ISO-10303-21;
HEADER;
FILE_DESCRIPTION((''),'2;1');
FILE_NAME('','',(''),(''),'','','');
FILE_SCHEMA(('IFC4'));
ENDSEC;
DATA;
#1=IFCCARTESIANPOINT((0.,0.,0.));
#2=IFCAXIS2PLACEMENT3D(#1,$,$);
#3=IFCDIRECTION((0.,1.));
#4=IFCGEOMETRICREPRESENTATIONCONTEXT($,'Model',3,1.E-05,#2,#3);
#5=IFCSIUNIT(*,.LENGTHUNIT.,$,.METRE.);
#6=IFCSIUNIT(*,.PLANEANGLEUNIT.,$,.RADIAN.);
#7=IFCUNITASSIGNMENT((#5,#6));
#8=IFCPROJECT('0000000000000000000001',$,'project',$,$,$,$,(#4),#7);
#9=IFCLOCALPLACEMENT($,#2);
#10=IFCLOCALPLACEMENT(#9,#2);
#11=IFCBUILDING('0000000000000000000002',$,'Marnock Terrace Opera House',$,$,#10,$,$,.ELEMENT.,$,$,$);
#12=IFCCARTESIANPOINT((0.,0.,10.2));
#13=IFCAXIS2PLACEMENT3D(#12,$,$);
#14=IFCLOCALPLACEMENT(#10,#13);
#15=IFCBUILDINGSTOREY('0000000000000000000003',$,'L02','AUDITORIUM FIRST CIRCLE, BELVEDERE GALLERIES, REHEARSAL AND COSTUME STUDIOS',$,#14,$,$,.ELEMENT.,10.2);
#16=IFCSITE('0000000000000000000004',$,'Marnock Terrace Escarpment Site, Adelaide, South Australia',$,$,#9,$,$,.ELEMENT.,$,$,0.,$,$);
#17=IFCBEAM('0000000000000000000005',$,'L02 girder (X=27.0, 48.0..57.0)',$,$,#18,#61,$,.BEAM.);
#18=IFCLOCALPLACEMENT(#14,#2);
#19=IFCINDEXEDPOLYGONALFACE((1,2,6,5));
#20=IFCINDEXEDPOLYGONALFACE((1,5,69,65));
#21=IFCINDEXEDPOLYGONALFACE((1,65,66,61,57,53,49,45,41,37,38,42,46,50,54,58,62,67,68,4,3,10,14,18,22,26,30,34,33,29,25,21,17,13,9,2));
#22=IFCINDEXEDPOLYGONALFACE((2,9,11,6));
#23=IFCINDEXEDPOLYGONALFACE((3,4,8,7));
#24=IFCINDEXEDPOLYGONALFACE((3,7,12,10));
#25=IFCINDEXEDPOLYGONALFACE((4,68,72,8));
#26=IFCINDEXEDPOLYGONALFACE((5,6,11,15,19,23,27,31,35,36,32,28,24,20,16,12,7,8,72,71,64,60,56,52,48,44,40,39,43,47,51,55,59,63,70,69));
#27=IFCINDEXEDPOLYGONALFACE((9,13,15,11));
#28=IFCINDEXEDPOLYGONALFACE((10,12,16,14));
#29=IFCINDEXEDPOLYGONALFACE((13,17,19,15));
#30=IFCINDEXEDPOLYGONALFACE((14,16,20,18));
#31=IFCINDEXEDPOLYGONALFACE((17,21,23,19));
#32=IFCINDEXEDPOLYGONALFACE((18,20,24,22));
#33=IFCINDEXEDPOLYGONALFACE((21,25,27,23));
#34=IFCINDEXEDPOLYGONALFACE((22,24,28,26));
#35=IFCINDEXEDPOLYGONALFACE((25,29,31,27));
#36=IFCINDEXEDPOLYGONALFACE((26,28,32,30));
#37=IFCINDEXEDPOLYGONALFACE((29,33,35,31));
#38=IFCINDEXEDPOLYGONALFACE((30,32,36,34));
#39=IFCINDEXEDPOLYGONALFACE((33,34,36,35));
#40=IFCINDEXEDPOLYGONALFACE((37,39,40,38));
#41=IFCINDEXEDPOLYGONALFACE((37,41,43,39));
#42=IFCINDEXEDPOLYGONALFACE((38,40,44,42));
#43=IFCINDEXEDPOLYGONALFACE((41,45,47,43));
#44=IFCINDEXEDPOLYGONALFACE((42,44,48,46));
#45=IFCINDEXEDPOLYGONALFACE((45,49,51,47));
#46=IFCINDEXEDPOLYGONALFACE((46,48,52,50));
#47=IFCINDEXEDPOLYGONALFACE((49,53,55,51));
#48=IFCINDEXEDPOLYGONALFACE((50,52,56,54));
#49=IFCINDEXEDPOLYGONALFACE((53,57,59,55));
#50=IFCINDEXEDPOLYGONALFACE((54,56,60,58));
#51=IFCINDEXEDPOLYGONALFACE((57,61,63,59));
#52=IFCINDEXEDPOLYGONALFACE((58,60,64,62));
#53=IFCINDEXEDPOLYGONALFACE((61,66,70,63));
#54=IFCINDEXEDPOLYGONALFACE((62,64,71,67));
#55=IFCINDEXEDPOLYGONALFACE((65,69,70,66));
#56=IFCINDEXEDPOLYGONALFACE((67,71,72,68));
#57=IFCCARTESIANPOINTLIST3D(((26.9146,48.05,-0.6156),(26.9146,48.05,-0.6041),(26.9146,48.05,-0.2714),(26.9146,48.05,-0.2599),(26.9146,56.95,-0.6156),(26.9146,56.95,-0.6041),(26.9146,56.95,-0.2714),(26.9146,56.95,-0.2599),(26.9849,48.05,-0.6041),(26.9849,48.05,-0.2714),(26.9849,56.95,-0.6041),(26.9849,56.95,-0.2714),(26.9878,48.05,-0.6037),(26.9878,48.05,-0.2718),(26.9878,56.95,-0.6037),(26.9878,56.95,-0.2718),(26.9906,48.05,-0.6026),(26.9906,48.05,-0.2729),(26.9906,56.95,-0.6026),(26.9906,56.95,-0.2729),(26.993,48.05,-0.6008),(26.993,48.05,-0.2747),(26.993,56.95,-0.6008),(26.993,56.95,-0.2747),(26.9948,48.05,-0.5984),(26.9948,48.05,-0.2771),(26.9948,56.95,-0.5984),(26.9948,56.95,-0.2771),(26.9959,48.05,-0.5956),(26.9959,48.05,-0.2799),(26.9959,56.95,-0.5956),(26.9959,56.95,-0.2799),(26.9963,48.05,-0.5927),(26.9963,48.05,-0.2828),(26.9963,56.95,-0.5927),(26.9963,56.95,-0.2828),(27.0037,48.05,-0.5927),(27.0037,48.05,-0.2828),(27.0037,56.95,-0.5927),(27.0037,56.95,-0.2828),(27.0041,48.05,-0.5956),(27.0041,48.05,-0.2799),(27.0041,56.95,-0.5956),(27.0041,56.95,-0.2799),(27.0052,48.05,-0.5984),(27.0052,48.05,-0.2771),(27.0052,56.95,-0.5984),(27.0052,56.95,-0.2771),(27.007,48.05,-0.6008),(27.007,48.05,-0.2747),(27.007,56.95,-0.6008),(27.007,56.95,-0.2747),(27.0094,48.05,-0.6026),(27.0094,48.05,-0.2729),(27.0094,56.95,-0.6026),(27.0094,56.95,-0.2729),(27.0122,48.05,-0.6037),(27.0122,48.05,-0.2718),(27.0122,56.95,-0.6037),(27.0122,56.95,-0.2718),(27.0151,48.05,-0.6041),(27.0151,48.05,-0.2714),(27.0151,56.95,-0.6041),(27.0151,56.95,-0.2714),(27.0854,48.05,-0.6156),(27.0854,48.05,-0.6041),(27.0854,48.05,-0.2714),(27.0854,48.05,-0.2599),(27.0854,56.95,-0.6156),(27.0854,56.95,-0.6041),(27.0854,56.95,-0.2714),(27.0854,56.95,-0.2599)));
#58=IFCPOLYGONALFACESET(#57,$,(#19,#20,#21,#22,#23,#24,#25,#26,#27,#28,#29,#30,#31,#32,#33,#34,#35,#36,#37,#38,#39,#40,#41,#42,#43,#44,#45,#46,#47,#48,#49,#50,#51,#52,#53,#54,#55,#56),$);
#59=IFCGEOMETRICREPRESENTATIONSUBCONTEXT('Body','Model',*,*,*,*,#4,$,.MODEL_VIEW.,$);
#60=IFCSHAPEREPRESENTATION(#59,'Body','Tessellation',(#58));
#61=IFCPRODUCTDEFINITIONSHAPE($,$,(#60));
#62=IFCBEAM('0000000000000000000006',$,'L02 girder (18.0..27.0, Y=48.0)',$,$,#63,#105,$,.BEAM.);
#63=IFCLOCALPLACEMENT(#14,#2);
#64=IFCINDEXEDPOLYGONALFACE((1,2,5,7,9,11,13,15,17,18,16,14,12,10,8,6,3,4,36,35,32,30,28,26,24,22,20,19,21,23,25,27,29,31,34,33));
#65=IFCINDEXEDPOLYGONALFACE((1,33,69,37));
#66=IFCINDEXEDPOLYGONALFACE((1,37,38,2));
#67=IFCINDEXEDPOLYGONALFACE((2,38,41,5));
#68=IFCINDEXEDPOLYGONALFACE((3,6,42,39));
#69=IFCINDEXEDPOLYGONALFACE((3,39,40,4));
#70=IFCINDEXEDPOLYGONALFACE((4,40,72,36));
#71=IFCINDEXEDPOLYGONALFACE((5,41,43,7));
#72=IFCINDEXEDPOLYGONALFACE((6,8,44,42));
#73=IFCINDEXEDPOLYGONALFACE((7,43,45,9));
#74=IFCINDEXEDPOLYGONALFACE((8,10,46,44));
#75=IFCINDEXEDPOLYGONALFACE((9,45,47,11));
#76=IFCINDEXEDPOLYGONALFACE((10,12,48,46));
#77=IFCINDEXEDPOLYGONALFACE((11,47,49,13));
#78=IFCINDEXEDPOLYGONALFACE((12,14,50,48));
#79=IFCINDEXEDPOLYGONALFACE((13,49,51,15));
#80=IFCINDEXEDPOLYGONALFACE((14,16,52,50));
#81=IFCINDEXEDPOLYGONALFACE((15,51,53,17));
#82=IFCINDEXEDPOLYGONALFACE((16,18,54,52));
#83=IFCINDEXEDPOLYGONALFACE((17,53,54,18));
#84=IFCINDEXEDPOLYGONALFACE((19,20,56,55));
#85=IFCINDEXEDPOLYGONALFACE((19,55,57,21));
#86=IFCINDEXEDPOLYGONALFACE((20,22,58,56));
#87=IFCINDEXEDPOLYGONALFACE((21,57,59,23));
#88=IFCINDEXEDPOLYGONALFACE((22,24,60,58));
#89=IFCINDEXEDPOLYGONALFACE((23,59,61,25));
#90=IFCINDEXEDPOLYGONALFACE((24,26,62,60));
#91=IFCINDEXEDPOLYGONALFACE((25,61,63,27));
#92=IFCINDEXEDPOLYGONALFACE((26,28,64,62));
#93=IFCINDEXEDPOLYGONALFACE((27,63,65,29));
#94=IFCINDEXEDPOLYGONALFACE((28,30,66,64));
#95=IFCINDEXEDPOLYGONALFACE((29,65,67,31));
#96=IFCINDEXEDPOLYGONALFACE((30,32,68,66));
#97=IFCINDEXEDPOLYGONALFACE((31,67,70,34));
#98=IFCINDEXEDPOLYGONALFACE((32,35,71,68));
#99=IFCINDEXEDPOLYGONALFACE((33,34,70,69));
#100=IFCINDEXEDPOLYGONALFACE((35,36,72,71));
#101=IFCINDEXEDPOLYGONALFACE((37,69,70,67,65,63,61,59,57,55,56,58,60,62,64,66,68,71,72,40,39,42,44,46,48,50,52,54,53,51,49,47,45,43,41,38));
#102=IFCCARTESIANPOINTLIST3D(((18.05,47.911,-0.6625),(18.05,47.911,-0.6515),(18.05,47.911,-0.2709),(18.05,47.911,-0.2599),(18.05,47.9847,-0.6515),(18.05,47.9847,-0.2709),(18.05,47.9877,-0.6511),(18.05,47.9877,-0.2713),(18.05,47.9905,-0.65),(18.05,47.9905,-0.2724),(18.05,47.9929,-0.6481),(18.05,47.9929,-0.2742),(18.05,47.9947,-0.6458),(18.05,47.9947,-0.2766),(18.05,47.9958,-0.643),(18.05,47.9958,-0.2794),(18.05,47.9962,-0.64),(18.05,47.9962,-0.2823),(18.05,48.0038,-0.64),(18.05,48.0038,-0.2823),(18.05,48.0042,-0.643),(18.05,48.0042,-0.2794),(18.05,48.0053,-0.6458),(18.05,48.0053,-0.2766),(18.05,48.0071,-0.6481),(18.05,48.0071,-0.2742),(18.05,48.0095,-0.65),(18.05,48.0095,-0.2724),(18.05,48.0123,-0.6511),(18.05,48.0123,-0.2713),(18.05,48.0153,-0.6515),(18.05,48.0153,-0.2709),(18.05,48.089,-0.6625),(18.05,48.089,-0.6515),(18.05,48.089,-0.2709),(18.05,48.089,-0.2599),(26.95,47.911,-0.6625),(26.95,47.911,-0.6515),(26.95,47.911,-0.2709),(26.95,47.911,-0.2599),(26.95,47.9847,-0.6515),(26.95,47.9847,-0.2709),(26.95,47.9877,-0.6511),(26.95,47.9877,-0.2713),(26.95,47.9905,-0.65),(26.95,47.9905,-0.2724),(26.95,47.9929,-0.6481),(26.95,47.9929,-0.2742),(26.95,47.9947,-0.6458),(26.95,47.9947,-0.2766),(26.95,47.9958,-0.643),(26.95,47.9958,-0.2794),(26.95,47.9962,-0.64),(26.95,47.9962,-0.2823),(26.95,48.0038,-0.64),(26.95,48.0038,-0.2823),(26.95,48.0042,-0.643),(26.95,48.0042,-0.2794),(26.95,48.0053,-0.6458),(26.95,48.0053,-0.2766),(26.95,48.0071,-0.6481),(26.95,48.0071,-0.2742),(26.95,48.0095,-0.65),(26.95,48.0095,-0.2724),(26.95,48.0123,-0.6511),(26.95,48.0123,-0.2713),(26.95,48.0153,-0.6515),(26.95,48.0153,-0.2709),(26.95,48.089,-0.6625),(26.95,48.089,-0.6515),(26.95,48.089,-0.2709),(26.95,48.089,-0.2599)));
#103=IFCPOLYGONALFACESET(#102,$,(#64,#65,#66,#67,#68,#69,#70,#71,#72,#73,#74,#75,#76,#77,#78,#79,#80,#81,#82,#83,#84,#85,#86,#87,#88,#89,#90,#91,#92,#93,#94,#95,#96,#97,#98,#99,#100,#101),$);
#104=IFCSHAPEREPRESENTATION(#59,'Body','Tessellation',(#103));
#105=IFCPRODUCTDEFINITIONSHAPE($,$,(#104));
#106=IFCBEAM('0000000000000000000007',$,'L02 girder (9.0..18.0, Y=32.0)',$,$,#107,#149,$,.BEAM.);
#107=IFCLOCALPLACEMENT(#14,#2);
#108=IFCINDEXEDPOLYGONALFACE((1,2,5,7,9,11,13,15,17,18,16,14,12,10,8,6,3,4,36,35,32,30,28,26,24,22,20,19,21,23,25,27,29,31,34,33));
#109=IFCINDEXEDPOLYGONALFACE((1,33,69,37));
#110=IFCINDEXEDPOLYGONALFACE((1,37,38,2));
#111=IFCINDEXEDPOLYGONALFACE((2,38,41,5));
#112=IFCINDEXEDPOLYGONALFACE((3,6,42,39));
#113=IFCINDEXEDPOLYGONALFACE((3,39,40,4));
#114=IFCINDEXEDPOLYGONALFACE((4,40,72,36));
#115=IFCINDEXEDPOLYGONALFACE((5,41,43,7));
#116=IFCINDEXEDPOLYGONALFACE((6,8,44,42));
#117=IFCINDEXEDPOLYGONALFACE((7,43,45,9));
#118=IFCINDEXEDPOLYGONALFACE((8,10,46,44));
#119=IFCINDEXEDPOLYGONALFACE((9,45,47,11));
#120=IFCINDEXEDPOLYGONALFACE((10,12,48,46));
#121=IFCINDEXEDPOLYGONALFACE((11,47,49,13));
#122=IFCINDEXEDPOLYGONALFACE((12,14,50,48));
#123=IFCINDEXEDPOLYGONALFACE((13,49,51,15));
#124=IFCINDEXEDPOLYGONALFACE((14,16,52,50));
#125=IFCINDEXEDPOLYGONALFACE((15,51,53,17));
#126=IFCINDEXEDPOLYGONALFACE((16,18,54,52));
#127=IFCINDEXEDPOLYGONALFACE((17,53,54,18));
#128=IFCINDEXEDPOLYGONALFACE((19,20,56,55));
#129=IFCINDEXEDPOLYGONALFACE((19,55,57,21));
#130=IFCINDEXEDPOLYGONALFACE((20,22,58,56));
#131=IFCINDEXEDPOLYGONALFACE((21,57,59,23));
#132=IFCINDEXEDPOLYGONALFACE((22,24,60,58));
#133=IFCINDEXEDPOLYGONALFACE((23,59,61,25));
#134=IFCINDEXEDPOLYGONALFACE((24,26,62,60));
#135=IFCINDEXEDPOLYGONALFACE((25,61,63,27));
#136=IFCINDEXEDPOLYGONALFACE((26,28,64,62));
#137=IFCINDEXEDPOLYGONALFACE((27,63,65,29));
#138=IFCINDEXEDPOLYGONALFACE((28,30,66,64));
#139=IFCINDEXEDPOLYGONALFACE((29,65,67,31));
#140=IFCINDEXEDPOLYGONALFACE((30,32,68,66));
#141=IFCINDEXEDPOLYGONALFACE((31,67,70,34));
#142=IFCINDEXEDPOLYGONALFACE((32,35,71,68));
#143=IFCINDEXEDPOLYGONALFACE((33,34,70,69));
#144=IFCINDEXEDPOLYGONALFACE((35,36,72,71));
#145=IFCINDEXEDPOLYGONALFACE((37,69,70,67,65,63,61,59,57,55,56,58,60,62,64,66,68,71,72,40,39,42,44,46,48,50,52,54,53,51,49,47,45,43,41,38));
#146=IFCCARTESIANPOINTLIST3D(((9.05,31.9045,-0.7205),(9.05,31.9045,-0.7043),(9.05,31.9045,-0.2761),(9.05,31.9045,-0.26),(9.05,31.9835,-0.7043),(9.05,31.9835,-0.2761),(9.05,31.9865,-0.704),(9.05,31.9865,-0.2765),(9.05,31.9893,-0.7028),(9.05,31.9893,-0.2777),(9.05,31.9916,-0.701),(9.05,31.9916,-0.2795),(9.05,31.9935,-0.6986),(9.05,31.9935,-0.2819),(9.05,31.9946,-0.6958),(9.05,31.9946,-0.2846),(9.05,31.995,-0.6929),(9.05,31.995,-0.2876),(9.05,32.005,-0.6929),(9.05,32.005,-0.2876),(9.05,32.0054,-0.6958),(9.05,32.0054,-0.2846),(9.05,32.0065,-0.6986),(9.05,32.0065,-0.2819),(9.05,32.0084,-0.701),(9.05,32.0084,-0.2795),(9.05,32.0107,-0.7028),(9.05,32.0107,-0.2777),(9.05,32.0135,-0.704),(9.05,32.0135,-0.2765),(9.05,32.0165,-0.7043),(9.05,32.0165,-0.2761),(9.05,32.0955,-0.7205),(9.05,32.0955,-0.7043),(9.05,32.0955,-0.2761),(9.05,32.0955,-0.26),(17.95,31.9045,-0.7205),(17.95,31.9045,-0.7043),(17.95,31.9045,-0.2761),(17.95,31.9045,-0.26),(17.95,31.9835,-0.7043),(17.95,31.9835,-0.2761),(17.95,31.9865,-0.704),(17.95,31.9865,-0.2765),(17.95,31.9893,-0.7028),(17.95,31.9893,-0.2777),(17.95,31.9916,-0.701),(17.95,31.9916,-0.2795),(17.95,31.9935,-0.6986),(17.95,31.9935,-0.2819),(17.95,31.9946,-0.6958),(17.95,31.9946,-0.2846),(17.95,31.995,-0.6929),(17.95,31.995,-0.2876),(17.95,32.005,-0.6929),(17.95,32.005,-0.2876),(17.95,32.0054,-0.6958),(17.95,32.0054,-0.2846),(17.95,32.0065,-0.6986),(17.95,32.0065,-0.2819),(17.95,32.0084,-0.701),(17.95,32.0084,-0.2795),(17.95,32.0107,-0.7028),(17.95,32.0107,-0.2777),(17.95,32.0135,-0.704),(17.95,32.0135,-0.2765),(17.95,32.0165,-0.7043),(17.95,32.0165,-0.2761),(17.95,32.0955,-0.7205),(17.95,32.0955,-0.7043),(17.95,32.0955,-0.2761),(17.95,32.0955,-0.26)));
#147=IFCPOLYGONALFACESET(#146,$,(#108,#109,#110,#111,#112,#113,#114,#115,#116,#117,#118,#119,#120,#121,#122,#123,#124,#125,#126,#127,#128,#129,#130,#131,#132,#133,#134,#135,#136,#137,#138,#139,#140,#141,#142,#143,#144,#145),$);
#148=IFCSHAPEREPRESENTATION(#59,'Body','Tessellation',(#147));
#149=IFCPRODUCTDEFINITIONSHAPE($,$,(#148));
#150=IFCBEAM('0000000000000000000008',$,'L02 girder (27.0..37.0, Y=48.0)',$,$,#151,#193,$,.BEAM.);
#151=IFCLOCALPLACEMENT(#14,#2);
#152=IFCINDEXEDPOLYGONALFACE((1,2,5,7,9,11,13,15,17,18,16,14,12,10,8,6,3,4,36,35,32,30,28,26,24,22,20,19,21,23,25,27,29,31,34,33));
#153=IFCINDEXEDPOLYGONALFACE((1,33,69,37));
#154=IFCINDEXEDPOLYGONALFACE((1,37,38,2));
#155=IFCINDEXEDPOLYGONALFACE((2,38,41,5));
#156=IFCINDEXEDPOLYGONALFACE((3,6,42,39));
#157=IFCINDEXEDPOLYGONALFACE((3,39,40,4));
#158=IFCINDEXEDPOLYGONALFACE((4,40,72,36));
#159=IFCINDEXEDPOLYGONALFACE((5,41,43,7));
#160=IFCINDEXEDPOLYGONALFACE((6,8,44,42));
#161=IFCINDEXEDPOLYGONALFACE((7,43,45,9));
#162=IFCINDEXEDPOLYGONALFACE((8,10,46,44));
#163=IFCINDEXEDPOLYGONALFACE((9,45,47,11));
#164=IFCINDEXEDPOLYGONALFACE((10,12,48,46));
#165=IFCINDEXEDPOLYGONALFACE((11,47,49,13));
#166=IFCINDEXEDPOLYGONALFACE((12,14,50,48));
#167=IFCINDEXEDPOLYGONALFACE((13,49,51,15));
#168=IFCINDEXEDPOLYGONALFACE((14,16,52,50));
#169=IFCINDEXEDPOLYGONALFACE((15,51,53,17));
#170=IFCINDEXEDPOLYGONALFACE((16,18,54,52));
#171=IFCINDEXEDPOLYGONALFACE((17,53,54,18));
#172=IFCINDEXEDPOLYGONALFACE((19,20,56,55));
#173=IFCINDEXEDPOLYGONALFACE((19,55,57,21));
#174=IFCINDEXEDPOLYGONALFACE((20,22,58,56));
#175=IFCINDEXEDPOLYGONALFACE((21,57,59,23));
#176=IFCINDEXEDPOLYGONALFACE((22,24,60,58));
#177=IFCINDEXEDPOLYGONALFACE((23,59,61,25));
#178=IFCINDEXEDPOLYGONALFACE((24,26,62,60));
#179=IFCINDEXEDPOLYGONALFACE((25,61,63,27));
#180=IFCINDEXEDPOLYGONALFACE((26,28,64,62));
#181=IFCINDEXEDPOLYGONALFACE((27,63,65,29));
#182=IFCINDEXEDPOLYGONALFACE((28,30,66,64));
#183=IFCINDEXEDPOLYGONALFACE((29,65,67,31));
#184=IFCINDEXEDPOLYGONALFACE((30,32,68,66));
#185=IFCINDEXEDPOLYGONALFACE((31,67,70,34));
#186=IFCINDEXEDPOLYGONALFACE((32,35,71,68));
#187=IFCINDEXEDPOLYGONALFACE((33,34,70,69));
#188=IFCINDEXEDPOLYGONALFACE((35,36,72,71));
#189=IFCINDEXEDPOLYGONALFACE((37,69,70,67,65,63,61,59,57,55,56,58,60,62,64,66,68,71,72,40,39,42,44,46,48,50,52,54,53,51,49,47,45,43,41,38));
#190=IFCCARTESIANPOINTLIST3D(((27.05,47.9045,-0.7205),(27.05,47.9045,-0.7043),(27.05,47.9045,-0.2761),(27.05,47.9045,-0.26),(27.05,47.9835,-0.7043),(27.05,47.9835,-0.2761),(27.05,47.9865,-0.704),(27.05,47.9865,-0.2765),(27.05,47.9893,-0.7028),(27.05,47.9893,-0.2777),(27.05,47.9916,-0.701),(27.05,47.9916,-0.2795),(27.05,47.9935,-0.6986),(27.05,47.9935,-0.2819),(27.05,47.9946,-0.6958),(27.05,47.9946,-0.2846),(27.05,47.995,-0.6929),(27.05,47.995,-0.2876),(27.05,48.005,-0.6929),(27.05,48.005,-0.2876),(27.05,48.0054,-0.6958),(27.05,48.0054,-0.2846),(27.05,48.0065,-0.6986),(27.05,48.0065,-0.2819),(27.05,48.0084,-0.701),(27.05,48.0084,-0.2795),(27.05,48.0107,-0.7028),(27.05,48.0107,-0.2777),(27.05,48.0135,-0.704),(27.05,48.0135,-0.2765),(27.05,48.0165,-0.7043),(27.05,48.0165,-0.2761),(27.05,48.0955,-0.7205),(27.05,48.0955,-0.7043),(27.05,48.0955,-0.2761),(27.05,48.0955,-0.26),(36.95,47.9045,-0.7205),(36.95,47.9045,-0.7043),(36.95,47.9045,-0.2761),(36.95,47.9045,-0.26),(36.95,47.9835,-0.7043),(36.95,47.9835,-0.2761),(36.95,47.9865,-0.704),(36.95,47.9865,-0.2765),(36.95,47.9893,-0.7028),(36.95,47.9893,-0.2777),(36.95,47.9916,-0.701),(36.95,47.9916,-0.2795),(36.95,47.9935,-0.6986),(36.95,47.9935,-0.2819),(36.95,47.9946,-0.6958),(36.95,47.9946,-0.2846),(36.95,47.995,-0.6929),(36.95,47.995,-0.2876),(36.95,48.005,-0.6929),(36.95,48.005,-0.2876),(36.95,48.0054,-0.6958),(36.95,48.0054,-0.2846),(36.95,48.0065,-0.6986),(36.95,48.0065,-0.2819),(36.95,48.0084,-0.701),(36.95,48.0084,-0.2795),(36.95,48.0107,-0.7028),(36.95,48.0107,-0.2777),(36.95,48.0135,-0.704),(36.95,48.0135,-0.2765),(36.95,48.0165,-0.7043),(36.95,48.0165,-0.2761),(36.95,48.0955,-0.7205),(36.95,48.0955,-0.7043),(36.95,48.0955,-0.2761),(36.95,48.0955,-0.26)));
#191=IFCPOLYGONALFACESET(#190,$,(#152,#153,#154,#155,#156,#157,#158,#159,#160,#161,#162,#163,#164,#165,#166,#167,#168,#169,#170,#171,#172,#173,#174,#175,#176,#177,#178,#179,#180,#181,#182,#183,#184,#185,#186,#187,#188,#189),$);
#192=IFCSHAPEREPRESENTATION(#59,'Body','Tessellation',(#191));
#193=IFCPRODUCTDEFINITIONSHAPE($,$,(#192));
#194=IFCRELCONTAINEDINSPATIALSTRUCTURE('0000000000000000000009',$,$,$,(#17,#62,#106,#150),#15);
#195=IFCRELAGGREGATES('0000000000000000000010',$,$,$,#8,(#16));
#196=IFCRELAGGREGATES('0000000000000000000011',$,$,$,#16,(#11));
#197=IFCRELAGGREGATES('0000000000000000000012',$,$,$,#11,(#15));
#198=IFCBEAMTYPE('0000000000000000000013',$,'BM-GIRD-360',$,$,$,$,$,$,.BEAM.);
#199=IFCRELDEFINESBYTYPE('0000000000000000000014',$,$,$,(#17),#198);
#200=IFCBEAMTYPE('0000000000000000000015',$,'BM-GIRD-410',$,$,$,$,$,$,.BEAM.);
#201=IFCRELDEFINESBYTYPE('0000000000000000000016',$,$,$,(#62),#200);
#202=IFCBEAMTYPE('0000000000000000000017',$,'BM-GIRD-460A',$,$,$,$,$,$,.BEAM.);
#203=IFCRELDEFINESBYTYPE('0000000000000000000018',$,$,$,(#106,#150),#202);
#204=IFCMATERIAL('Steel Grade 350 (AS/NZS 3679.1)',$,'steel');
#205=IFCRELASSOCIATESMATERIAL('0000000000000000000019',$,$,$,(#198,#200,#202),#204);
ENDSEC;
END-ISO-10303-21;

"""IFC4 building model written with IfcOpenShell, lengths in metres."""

from ifc_helpers import new_model, si_unit, direction, frame, origin, origin_2d, place, context, subcontext, project, spatial, i_section, extrude, material, material_profile, profile_set, type_object, element, save


model = new_model("IFC4")

# Units and contexts
model_context = context("Model", 3, precision=1e-05, world=origin(), true_north=direction((0.0, 1.0)))
body_context = subcontext(model_context, "Body", "Model", "MODEL_VIEW")
ifc_project = project(units=[si_unit("LENGTHUNIT", "METRE"), si_unit("PLANEANGLEUNIT", "RADIAN")], contexts=[model_context])

# Site, building, storey
site_placement = place(None, origin())
site = spatial("IfcSite", under=ifc_project, at=site_placement, Name="Marnock Terrace Escarpment Site, Adelaide, South Australia", CompositionType="ELEMENT", RefElevation=0.0)
building_placement = place(site_placement, origin())
building = spatial("IfcBuilding", under=site, at=building_placement, Name="Marnock Terrace Opera House", CompositionType="ELEMENT")
storey_placement = place(building_placement, frame((0.0, 0.0, 10.2)))
storey = spatial("IfcBuildingStorey", under=building, at=storey_placement, Name="L02", Description="AUDITORIUM FIRST CIRCLE, BELVEDERE GALLERIES, REHEARSAL AND COSTUME STUDIOS", CompositionType="ELEMENT", Elevation=10.2)

# Shared definitions
ifc_material_1 = material(Name="Steel Grade 350 (AS/NZS 3679.1)", Category="steel")

# Beams
ifc_material_profile_1 = material_profile(ifc_material_1, i_section(OverallWidth=0.1709, OverallDepth=0.3557, WebThickness=0.0073, FlangeThickness=0.0115, FilletRadius=0.0115, at=origin_2d()))
ifc_profile_set_1 = profile_set([ifc_material_profile_1], Name="Steel Grade 350 (AS/NZS 3679.1)")
beam_type_1 = type_object("IfcBeamType", Name="BM-GIRD-360", PredefinedType="BEAM", material=ifc_profile_set_1)
beam_1_placement = place(storey_placement, frame((27.0, 48.05, -0.4377), z_axis=(0.0, 1.0, 0.0), x_axis=(-1.0, 0.0, 0.0)))
element("IfcBeam", 1, at=beam_1_placement, inside=storey, type_object=beam_type_1, Name="L02 girder (X=27.0, 48.0..57.0)", PredefinedType="BEAM", context=body_context, shape_type="SweptSolid", body=[
    extrude(i_section(OverallWidth=0.1709, OverallDepth=0.3557, WebThickness=0.0073, FlangeThickness=0.0115, FilletRadius=0.0115, at=origin_2d()), origin(), (0.0, 0.0, 1.0), 8.8999),
])
ifc_material_profile_2 = material_profile(ifc_material_1, i_section(OverallWidth=0.178, OverallDepth=0.4026, WebThickness=0.0076, FlangeThickness=0.011, FilletRadius=0.0115, at=origin_2d()))
ifc_profile_set_2 = profile_set([ifc_material_profile_2], Name="Steel Grade 350 (AS/NZS 3679.1)")
beam_type_2 = type_object("IfcBeamType", Name="BM-GIRD-410", PredefinedType="BEAM", material=ifc_profile_set_2)
beam_2_placement = place(storey_placement, frame((18.05, 48.0, -0.4612), z_axis=(1.0, 0.0, 0.0), x_axis=(0.0, 1.0, 0.0)))
element("IfcBeam", 2, at=beam_2_placement, inside=storey, type_object=beam_type_2, Name="L02 girder (18.0..27.0, Y=48.0)", PredefinedType="BEAM", context=body_context, shape_type="SweptSolid", body=[
    extrude(i_section(OverallWidth=0.178, OverallDepth=0.4026, WebThickness=0.0076, FlangeThickness=0.011, FilletRadius=0.0115, at=origin_2d()), origin(), (0.0, 0.0, 1.0), 8.8999),
])
ifc_material_profile_3 = material_profile(ifc_material_1, i_section(OverallWidth=0.1909, OverallDepth=0.4604, WebThickness=0.01, FlangeThickness=0.0161, FilletRadius=0.0115, at=origin_2d()))
ifc_profile_set_3 = profile_set([ifc_material_profile_3], Name="Steel Grade 350 (AS/NZS 3679.1)")
beam_type_3 = type_object("IfcBeamType", Name="BM-GIRD-460A", PredefinedType="BEAM", material=ifc_profile_set_3)
beam_3_placement = place(storey_placement, frame((9.05, 32.0, -0.4902), z_axis=(1.0, 0.0, 0.0), x_axis=(0.0, 1.0, 0.0)))
element("IfcBeam", 3, at=beam_3_placement, inside=storey, type_object=beam_type_3, Name="L02 girder (9.0..18.0, Y=32.0)", PredefinedType="BEAM", context=body_context, shape_type="SweptSolid", body=[
    extrude(i_section(OverallWidth=0.1909, OverallDepth=0.4604, WebThickness=0.01, FlangeThickness=0.0161, FilletRadius=0.0115, at=origin_2d()), origin(), (0.0, 0.0, 1.0), 8.8999),
])
beam_4_placement = place(storey_placement, frame((27.05, 48.0, -0.4902), z_axis=(1.0, 0.0, 0.0), x_axis=(0.0, 1.0, 0.0)))
element("IfcBeam", 4, at=beam_4_placement, inside=storey, type_object=beam_type_3, Name="L02 girder (27.0..37.0, Y=48.0)", PredefinedType="BEAM", context=body_context, shape_type="SweptSolid", body=[
    extrude(i_section(OverallWidth=0.1909, OverallDepth=0.4604, WebThickness=0.01, FlangeThickness=0.0161, FilletRadius=0.0115, at=origin_2d()), origin(), (0.0, 0.0, 1.0), 9.8999),
])

save(model, "model.ifc")
